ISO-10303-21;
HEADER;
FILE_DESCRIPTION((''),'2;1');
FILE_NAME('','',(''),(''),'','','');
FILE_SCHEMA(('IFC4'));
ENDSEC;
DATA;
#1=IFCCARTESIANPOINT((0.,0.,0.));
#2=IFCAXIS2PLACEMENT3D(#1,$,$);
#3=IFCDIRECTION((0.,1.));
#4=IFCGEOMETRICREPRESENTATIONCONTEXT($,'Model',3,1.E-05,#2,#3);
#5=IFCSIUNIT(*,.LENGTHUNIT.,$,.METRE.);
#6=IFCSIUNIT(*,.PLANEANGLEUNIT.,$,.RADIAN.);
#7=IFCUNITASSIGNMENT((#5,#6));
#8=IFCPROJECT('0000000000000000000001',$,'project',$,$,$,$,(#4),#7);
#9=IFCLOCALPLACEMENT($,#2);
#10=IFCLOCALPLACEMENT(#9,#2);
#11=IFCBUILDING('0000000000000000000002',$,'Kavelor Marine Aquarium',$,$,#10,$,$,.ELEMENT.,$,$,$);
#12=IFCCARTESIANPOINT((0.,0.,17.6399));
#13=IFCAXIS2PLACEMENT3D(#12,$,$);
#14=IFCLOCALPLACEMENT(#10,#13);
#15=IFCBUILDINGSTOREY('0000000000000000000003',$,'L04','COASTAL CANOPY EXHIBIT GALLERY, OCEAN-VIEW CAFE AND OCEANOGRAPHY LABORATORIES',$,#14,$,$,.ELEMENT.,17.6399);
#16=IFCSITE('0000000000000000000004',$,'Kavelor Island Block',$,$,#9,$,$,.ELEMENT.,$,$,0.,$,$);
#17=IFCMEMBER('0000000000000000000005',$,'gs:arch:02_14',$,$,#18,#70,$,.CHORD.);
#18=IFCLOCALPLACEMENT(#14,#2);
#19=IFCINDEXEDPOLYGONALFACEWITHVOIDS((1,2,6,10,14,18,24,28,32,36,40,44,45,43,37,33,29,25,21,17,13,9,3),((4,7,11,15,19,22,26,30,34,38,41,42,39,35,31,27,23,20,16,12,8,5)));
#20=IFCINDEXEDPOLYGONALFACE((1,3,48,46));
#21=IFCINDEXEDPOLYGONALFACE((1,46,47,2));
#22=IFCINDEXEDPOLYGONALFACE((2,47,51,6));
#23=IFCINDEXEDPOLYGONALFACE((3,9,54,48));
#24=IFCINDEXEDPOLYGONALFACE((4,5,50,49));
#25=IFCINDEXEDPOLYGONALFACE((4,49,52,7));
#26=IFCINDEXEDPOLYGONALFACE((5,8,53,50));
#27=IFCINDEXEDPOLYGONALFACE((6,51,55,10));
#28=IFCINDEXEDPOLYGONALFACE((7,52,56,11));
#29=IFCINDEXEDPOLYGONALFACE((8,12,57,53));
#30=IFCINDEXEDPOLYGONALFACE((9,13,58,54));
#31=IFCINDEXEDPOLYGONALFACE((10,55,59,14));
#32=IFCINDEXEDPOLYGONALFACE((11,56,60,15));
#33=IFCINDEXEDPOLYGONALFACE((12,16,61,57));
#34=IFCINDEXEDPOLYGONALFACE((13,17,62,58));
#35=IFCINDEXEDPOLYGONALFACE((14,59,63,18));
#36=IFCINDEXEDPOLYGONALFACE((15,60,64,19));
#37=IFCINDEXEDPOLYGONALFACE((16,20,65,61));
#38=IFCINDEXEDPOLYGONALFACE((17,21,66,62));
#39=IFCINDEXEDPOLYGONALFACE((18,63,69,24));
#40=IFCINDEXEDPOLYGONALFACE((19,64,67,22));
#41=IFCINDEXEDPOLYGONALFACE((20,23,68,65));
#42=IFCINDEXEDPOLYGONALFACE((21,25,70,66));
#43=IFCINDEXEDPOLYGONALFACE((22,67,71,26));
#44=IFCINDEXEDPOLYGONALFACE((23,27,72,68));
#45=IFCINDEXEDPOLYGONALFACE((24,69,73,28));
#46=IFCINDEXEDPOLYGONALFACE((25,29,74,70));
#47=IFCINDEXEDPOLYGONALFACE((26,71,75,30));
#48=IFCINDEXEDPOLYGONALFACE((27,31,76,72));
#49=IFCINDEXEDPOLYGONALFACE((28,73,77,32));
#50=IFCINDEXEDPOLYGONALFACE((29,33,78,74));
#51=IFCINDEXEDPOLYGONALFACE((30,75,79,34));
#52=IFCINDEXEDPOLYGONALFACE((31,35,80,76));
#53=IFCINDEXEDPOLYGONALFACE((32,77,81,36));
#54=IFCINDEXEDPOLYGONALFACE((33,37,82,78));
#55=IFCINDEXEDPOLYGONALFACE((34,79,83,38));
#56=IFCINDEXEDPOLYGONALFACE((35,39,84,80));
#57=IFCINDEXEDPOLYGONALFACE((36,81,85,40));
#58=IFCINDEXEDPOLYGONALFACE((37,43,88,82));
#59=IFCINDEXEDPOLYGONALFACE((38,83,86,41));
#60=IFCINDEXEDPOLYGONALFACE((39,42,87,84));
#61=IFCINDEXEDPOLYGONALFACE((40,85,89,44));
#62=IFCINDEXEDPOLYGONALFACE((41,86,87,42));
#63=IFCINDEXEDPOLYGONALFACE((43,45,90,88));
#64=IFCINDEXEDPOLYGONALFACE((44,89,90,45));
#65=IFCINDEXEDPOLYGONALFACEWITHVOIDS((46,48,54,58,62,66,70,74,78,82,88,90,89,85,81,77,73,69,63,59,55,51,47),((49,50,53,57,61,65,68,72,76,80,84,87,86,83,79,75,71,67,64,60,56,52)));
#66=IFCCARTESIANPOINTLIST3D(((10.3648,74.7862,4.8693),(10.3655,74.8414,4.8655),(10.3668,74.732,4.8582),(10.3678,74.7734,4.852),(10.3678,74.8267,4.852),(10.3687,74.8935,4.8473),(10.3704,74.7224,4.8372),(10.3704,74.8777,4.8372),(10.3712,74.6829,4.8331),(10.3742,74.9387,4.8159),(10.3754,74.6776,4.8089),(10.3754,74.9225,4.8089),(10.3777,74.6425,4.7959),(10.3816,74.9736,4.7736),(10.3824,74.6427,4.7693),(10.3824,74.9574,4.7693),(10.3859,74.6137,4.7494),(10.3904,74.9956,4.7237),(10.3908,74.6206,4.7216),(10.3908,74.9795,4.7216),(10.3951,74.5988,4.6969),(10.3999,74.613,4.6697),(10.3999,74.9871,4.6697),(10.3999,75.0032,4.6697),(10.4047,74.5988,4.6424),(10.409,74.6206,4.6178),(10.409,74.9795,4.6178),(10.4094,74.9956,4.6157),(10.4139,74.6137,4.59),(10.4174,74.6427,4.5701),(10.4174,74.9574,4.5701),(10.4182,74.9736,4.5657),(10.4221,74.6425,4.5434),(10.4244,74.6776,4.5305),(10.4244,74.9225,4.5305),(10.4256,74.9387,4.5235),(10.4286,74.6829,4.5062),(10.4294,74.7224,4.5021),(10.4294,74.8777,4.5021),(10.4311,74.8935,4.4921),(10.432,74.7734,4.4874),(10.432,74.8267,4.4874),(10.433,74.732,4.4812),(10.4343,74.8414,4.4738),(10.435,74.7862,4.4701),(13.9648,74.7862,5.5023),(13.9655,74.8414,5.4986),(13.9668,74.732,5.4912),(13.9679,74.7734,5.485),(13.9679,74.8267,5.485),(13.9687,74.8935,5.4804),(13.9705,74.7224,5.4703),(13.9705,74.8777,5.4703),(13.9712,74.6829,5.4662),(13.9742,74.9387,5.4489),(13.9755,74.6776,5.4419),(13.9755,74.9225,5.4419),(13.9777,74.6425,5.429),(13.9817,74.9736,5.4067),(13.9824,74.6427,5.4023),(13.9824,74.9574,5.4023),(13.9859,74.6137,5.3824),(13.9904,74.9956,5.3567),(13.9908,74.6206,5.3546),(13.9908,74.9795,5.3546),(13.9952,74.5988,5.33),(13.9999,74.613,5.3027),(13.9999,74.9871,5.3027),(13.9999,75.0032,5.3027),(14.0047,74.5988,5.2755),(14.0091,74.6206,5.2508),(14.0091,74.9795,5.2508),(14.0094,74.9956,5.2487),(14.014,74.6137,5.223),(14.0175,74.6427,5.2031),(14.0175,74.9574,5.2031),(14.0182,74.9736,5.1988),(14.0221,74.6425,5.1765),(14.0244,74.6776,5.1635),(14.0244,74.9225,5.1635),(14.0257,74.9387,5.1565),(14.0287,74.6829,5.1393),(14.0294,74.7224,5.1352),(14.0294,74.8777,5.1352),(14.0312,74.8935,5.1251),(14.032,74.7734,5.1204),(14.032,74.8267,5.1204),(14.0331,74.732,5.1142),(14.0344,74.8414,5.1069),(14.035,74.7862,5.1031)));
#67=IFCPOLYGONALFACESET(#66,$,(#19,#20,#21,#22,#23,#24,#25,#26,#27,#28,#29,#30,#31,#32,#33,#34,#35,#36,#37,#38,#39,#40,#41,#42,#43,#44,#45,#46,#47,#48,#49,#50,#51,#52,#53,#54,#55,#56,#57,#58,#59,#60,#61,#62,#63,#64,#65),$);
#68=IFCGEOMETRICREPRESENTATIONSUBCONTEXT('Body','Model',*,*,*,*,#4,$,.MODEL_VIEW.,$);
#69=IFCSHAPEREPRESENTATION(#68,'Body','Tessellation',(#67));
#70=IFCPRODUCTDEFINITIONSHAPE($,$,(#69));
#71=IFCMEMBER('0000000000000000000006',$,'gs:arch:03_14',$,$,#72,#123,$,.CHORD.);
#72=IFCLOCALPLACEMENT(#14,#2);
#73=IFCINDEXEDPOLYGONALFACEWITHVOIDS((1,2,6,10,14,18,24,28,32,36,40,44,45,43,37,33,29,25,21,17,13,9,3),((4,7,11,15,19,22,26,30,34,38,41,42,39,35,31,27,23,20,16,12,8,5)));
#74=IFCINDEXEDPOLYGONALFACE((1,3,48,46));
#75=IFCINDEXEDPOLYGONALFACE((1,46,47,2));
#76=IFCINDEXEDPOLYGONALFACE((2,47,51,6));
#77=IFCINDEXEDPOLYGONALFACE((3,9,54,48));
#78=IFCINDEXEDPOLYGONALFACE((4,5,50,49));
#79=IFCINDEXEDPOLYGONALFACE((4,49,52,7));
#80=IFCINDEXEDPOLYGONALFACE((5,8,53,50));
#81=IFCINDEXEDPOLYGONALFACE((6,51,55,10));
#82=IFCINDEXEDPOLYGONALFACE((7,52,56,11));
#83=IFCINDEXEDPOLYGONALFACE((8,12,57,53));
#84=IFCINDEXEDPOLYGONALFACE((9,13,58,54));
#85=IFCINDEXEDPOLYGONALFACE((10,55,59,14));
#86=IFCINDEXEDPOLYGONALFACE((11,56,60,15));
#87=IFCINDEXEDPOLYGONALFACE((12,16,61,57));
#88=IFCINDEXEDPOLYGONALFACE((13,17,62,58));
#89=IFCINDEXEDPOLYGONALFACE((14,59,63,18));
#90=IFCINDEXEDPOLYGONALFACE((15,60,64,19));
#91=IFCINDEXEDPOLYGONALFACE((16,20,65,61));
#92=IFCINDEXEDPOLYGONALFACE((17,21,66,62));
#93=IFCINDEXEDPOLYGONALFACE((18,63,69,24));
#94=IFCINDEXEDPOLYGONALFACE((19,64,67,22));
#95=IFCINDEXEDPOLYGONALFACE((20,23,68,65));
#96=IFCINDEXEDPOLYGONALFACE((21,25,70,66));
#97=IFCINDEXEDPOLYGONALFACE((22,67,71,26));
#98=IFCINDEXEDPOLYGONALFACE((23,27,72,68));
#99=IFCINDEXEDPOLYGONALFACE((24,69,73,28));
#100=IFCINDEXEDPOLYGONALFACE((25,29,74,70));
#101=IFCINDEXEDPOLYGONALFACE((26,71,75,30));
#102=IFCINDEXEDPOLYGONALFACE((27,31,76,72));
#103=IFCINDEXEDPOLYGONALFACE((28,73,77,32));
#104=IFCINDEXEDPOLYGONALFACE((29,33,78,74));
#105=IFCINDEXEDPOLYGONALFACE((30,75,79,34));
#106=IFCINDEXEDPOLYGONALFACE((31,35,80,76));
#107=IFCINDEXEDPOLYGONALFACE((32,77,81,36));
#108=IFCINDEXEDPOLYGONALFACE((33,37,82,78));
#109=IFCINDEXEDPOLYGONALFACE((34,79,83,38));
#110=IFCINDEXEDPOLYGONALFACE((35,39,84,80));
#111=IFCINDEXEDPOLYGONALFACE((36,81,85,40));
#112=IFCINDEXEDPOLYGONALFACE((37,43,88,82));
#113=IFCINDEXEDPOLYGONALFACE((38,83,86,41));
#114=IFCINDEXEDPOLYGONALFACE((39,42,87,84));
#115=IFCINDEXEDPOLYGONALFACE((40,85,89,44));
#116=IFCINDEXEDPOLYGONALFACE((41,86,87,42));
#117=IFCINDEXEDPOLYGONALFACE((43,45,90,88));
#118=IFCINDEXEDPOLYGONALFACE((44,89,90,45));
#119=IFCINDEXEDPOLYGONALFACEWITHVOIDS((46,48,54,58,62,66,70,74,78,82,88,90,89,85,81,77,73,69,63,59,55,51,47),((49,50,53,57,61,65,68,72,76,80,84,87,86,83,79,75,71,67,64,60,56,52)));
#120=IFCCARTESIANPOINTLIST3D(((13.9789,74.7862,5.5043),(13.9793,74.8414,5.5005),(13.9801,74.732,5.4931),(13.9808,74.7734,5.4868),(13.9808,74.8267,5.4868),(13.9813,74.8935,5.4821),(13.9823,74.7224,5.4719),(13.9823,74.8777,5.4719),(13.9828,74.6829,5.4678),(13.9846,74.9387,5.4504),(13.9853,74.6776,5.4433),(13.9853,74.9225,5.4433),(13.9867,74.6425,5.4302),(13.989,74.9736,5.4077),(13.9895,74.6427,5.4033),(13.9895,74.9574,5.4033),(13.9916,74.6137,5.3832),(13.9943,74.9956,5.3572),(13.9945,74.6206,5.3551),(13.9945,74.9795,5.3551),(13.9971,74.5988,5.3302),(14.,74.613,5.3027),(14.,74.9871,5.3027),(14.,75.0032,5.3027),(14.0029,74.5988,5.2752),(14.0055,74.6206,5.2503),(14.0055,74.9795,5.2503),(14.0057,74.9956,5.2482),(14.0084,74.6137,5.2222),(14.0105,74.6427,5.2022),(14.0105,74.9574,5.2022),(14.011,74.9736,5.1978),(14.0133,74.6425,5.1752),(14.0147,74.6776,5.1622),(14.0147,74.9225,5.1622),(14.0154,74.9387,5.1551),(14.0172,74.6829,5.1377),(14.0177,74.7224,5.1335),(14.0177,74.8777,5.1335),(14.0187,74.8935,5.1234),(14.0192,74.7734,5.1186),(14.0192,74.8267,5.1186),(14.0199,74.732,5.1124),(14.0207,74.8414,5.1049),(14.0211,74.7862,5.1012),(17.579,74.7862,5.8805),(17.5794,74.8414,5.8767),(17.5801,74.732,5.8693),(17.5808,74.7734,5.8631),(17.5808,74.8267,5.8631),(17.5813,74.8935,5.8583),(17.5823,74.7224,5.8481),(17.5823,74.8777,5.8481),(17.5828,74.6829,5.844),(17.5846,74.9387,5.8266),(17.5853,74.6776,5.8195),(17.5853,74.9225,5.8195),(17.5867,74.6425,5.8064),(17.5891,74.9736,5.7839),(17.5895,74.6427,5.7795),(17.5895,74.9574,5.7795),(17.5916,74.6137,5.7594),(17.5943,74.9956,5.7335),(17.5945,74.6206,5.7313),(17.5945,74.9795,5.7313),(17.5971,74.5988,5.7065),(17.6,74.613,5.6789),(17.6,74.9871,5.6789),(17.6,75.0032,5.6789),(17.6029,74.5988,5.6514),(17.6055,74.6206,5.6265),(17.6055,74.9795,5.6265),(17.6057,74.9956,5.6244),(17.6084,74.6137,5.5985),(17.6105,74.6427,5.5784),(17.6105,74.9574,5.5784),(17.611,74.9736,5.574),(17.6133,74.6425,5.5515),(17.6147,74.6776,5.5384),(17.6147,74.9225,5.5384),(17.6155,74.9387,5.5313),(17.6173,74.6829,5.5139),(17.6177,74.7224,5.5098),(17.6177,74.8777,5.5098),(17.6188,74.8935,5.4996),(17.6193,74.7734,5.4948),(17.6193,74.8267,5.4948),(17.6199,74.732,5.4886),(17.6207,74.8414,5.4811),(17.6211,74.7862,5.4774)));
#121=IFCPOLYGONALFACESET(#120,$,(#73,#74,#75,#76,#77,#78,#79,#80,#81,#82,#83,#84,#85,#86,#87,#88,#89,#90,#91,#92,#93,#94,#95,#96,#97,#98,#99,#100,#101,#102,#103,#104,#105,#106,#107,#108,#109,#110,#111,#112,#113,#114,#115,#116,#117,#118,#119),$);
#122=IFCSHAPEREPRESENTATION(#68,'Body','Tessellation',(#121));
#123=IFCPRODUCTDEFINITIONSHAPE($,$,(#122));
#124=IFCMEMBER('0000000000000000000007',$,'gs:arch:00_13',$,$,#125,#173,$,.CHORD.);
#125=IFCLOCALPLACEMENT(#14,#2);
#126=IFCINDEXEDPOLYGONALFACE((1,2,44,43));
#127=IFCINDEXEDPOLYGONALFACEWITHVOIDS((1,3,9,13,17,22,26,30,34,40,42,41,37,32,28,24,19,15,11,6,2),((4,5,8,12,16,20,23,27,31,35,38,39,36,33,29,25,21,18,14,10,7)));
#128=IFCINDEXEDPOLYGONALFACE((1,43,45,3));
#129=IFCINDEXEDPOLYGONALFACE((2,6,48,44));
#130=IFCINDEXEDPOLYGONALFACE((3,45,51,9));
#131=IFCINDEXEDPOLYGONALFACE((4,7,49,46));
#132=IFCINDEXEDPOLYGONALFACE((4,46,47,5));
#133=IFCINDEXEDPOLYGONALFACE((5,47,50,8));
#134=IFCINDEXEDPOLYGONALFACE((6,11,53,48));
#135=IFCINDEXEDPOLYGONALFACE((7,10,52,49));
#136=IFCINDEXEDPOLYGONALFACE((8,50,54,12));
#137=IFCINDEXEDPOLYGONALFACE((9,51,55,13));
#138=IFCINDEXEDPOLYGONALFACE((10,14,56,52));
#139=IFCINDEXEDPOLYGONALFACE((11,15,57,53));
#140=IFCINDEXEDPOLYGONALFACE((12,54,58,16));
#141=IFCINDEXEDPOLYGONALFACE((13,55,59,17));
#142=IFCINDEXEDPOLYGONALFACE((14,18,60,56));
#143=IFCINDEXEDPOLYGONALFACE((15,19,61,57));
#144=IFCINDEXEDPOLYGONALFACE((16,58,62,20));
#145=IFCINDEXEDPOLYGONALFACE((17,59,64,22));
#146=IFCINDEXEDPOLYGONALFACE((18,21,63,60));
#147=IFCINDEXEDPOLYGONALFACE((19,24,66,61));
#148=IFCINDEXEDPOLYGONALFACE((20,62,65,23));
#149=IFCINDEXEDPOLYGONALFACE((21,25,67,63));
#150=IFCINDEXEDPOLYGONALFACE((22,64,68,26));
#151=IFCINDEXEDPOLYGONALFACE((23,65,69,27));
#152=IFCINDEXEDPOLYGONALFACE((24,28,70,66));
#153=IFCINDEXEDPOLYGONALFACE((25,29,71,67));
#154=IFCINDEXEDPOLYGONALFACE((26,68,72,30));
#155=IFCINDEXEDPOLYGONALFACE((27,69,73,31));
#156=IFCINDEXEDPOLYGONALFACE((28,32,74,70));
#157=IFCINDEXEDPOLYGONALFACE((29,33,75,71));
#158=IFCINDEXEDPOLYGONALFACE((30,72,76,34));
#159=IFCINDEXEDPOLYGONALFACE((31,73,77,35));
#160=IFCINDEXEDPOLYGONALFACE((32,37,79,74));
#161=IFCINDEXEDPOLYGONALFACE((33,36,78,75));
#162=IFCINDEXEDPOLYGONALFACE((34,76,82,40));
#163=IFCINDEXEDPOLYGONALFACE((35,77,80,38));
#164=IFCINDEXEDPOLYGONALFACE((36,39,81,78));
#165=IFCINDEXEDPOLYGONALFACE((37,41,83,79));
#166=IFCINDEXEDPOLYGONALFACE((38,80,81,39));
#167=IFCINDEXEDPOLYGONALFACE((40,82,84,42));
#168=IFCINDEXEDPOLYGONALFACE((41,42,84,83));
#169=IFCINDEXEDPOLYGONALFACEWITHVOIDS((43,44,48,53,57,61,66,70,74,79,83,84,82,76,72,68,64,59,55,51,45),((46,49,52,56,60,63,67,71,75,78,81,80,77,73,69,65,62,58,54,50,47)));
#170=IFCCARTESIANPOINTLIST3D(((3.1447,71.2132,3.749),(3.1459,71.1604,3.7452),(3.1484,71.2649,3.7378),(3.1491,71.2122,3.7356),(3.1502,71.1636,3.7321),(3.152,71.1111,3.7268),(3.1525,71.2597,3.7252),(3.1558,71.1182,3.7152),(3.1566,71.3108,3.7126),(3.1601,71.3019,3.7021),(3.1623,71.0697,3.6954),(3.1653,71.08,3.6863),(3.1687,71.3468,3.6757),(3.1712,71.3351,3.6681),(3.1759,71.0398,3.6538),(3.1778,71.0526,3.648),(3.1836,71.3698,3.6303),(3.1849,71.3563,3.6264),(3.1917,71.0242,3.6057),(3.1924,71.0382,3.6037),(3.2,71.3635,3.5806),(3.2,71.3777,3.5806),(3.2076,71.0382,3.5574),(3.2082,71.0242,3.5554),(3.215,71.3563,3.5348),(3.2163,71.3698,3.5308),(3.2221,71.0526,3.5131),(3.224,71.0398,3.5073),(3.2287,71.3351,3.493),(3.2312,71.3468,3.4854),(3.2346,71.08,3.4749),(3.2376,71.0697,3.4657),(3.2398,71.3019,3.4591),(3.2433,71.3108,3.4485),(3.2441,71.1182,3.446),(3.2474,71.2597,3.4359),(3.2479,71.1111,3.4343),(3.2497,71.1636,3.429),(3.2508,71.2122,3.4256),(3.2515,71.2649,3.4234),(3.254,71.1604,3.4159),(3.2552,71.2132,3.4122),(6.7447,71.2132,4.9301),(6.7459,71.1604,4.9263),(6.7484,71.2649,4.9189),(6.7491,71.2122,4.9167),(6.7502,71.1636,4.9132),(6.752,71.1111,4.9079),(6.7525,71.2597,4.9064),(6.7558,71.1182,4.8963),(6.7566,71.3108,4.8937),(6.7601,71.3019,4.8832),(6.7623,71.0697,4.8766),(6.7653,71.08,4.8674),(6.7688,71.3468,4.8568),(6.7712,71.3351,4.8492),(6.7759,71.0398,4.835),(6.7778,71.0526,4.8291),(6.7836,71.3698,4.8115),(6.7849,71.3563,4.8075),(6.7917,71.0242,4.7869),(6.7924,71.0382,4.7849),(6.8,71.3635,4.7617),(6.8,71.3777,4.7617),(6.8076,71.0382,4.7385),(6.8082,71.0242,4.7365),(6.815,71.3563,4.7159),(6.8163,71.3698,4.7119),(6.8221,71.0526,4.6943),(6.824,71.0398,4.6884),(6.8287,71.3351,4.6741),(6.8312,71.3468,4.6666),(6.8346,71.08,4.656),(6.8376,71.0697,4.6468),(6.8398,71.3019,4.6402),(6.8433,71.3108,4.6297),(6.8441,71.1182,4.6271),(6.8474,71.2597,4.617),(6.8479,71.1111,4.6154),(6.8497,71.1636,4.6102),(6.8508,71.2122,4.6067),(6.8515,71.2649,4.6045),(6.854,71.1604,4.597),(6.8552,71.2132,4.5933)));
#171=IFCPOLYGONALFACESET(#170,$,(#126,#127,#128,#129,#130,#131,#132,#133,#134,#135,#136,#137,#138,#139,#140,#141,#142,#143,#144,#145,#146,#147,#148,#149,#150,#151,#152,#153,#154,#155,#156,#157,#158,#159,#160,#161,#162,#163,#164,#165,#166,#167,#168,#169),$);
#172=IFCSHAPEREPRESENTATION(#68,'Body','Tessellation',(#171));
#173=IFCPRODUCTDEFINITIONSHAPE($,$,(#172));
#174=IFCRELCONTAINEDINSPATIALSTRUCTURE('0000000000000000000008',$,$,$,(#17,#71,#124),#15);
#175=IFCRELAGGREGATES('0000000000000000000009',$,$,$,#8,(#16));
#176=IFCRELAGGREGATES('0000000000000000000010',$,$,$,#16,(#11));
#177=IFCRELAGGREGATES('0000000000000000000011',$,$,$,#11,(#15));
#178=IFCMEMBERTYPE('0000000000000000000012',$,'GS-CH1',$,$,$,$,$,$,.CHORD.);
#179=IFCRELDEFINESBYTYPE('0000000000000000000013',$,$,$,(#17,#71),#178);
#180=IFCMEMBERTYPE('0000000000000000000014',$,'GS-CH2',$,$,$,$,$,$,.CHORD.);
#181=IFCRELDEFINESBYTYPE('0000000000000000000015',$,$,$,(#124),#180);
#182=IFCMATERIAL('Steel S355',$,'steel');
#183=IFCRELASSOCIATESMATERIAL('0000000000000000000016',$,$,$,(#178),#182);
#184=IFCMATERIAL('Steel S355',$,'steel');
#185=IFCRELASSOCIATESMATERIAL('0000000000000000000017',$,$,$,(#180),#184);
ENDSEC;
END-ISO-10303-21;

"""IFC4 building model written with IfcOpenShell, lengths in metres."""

from ifc_helpers import new_model, si_unit, direction, frame, origin, origin_2d, place, context, subcontext, project, spatial, hollow_circle, extrude, material, material_profile, profile_set, type_object, element, save


model = new_model("IFC4")

# Units and contexts
model_context = context("Model", 3, precision=1e-05, world=origin(), true_north=direction((0.0, 1.0)))
body_context = subcontext(model_context, "Body", "Model", "MODEL_VIEW")
ifc_project = project(units=[si_unit("LENGTHUNIT", "METRE"), si_unit("PLANEANGLEUNIT", "RADIAN")], contexts=[model_context])

# Site, building, storey
site_placement = place(None, origin())
site = spatial("IfcSite", under=ifc_project, at=site_placement, Name="Kavelor Island Block", CompositionType="ELEMENT", RefElevation=0.0)
building_placement = place(site_placement, origin())
building = spatial("IfcBuilding", under=site, at=building_placement, Name="Kavelor Marine Aquarium", CompositionType="ELEMENT")
storey_placement = place(building_placement, frame((0.0, 0.0, 17.6399)))
storey = spatial("IfcBuildingStorey", under=building, at=storey_placement, Name="L04", Description="COASTAL CANOPY EXHIBIT GALLERY, OCEAN-VIEW CAFE AND OCEANOGRAPHY LABORATORIES", CompositionType="ELEMENT", Elevation=17.6399)

# Members
ifc_material_1 = material(Name="Steel S355", Category="steel")
ifc_material_profile_1 = material_profile(ifc_material_1, hollow_circle(Radius=0.2031, WallThickness=0.0161, at=origin_2d()), Name="CHS 406.4x16.0")
ifc_profile_set_1 = profile_set([ifc_material_profile_1], Name="Steel S355")
member_type_1 = type_object("IfcMemberType", Name="GS-CH1", PredefinedType="CHORD", material=ifc_profile_set_1)
member_1_placement = place(storey_placement, frame((10.3999, 74.8, 4.6697), z_axis=(0.984889, 0.0, 0.173187), x_axis=(0.0, 1.0, 0.0)))
element("IfcMember", 1, at=member_1_placement, inside=storey, type_object=member_type_1, Name="gs:arch:02_14", PredefinedType="CHORD", context=body_context, shape_type="SweptSolid", body=[
    extrude(hollow_circle(Radius=0.2031, WallThickness=0.0161, at=origin_2d()), origin(), (0.0, 0.0, 1.0), 3.6553),
])
member_2_placement = place(storey_placement, frame((14.0, 74.8, 5.3027), z_axis=(0.994584, 0.0, 0.103937), x_axis=(0.0, 1.0, 0.0)))
element("IfcMember", 2, at=member_2_placement, inside=storey, type_object=member_type_1, Name="gs:arch:03_14", PredefinedType="CHORD", context=body_context, shape_type="SweptSolid", body=[
    extrude(hollow_circle(Radius=0.2031, WallThickness=0.0161, at=origin_2d()), origin(), (0.0, 0.0, 1.0), 3.6196),
])
ifc_material_2 = material(Name="Steel S355", Category="steel")
ifc_material_profile_2 = material_profile(ifc_material_2, hollow_circle(Radius=0.1777, WallThickness=0.0142, at=origin_2d()), Name="CHS 355.6x14.2")
ifc_profile_set_2 = profile_set([ifc_material_profile_2], Name="Steel S355")
member_type_2 = type_object("IfcMemberType", Name="GS-CH2", PredefinedType="CHORD", material=ifc_profile_set_2)
member_3_placement = place(storey_placement, frame((3.2, 71.2, 3.5806), z_axis=(0.950168, 0.0, 0.31174), x_axis=(0.0, 1.0, 0.0)))
element("IfcMember", 3, at=member_3_placement, inside=storey, type_object=member_type_2, Name="gs:arch:00_13", PredefinedType="CHORD", context=body_context, shape_type="SweptSolid", body=[
    extrude(hollow_circle(Radius=0.1777, WallThickness=0.0142, at=origin_2d()), origin(), (0.0, 0.0, 1.0), 3.7888),
])

save(model, "model.ifc")
